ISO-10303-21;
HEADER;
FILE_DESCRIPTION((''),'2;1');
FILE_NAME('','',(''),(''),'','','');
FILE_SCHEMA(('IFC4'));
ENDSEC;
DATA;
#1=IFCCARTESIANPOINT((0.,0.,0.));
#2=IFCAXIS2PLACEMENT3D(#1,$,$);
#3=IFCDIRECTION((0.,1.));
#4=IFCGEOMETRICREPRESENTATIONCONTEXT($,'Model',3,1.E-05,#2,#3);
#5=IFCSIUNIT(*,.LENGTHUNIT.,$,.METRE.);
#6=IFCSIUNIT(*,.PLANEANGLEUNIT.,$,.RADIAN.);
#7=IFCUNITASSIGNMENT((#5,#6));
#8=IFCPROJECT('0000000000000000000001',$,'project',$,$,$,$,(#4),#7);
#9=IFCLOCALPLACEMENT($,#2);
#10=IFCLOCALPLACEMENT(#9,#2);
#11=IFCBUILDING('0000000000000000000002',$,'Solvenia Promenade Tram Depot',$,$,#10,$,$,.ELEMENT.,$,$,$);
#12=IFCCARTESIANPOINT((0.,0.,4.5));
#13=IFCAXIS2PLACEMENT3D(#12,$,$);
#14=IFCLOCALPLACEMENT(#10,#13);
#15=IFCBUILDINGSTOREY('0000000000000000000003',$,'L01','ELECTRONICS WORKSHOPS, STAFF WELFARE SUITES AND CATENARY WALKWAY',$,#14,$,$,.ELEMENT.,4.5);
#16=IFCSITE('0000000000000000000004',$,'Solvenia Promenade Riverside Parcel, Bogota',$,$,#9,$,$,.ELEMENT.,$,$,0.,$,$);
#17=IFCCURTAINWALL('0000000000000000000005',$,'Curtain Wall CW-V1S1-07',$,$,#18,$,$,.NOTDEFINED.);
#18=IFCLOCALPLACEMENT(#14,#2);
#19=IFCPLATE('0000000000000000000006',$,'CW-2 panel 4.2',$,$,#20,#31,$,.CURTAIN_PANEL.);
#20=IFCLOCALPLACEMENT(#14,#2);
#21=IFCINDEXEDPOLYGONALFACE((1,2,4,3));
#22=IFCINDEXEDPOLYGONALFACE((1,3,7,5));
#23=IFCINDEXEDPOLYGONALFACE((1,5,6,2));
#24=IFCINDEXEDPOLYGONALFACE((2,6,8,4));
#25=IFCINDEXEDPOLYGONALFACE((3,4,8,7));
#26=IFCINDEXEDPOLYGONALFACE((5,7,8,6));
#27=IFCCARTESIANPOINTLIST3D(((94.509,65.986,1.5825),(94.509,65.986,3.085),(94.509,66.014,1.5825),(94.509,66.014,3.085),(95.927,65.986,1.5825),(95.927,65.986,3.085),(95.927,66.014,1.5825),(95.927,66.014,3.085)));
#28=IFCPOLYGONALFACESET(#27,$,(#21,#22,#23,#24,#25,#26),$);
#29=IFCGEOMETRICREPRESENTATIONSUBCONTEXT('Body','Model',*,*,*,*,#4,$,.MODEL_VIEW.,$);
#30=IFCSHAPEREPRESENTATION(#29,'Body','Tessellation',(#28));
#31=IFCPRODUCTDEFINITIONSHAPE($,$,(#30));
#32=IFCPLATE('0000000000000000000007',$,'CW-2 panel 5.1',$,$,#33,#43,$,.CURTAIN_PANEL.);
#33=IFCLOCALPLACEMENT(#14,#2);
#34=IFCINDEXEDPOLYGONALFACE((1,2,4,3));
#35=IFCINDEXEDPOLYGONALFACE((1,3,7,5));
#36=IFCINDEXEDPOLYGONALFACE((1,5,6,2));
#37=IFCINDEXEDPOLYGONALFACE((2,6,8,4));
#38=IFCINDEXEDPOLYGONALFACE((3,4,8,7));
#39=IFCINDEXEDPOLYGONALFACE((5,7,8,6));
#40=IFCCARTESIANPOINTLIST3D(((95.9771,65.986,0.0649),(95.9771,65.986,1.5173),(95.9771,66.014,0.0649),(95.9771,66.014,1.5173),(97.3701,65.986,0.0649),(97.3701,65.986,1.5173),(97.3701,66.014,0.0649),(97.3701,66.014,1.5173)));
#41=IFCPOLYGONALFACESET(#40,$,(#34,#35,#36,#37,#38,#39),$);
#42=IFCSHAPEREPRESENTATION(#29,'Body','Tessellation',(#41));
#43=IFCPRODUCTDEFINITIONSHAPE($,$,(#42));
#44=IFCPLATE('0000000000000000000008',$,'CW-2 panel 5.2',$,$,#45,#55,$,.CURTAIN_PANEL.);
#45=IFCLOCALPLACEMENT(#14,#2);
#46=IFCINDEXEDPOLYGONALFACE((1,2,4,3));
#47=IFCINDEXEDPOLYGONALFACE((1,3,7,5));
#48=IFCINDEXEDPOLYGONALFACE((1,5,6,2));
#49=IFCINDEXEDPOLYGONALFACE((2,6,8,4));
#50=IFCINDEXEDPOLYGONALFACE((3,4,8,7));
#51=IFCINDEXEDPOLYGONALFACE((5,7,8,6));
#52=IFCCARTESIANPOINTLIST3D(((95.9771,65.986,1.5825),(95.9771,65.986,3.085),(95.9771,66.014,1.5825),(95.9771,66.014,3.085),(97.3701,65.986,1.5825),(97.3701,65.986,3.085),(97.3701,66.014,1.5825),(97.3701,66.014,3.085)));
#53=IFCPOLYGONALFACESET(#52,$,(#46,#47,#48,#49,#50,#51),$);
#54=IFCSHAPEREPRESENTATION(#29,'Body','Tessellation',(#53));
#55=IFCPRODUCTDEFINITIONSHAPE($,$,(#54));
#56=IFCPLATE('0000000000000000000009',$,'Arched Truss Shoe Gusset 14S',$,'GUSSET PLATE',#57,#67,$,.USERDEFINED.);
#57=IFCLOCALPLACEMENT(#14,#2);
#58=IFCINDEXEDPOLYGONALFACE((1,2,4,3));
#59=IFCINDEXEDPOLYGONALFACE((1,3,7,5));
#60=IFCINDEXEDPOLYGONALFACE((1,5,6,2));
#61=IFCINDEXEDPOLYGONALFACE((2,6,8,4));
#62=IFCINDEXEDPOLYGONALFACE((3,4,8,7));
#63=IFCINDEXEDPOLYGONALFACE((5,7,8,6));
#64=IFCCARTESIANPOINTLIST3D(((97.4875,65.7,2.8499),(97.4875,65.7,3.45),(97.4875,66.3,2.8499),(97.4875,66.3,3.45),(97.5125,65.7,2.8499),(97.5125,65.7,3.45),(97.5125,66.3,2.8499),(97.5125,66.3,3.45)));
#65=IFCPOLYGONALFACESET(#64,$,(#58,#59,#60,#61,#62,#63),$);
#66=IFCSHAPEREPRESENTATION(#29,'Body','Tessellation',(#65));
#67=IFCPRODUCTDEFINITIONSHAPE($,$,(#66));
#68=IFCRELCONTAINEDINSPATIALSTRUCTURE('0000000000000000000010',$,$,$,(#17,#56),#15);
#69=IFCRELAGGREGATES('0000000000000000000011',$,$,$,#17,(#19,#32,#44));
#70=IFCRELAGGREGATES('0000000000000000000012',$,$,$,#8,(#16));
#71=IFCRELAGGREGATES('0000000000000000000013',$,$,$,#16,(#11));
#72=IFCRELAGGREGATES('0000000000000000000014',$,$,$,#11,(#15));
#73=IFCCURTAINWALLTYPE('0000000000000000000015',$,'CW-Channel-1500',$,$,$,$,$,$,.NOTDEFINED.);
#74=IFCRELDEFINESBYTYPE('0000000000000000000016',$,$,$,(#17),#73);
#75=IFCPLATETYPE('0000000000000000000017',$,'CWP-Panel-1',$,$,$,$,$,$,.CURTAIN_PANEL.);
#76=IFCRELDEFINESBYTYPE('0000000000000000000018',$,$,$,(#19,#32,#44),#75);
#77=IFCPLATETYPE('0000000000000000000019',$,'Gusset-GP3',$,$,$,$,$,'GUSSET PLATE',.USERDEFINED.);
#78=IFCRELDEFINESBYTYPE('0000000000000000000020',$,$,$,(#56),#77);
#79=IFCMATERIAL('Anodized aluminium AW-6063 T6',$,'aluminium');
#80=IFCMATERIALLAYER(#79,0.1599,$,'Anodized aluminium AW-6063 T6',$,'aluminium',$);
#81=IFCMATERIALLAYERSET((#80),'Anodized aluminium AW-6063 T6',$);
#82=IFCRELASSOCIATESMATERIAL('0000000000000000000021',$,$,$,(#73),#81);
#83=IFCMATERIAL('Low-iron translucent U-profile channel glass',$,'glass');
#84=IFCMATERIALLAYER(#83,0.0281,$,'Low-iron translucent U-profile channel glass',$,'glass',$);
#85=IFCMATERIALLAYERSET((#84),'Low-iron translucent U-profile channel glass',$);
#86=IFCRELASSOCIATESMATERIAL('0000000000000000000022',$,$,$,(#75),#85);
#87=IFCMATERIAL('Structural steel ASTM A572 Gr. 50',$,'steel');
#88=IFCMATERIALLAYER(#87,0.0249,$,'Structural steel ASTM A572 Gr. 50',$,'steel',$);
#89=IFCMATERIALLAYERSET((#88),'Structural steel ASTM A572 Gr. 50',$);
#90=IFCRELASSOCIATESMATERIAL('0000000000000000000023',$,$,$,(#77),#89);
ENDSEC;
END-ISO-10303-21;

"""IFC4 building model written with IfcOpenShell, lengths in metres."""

from ifc_helpers import new_model, si_unit, direction, frame, origin, origin_2d, place, context, subcontext, project, spatial, rectangle, extrude, material, layer, layer_set, type_object, element, aggregate, save


model = new_model("IFC4")

# Units and contexts
model_context = context("Model", 3, precision=1e-05, world=origin(), true_north=direction((0.0, 1.0)))
body_context = subcontext(model_context, "Body", "Model", "MODEL_VIEW")
ifc_project = project(units=[si_unit("LENGTHUNIT", "METRE"), si_unit("PLANEANGLEUNIT", "RADIAN")], contexts=[model_context])

# Site, building, storey
site_placement = place(None, origin())
site = spatial("IfcSite", under=ifc_project, at=site_placement, Name="Solvenia Promenade Riverside Parcel, Bogota", CompositionType="ELEMENT", RefElevation=0.0)
building_placement = place(site_placement, origin())
building = spatial("IfcBuilding", under=site, at=building_placement, Name="Solvenia Promenade Tram Depot", CompositionType="ELEMENT")
storey_placement = place(building_placement, frame((0.0, 0.0, 4.5)))
storey = spatial("IfcBuildingStorey", under=building, at=storey_placement, Name="L01", Description="ELECTRONICS WORKSHOPS, STAFF WELFARE SUITES AND CATENARY WALKWAY", CompositionType="ELEMENT", Elevation=4.5)

# Curtain wall
ifc_material_1 = material(Name="Anodized aluminium AW-6063 T6", Category="aluminium")
ifc_layer_1 = layer(ifc_material_1, 0.1599, Name="Anodized aluminium AW-6063 T6", Category="aluminium")
ifc_layer_set_1 = layer_set([ifc_layer_1], Name="Anodized aluminium AW-6063 T6")
curtain_wall_type = type_object("IfcCurtainWallType", Name="CW-Channel-1500", PredefinedType="NOTDEFINED", material=ifc_layer_set_1)
curtain_wall_1_placement = place(storey_placement, origin())
curtain_wall_1 = element("IfcCurtainWall", 1, at=curtain_wall_1_placement, inside=storey, type_object=curtain_wall_type, Name="Curtain Wall CW-V1S1-07", PredefinedType="NOTDEFINED")

# Plates
ifc_material_2 = material(Name="Low-iron translucent U-profile channel glass", Category="glass")
ifc_layer_2 = layer(ifc_material_2, 0.0281, Name="Low-iron translucent U-profile channel glass", Category="glass")
ifc_layer_set_2 = layer_set([ifc_layer_2], Name="Low-iron translucent U-profile channel glass")
plate_type_1 = type_object("IfcPlateType", Name="CWP-Panel-1", PredefinedType="CURTAIN_PANEL", material=ifc_layer_set_2)
plate_1_placement = place(storey_placement, frame((95.218, 66.0, 1.5825), z_axis=(0.0, 0.0, 1.0), x_axis=(1.0, 0.0, 0.0)))
plate_1 = element("IfcPlate", 2, at=plate_1_placement, type_object=plate_type_1, Name="CW-2 panel 4.2", PredefinedType="CURTAIN_PANEL", context=body_context, shape_type="SweptSolid", body=[
    extrude(rectangle(XDim=1.418, YDim=0.0281, at=origin_2d()), origin(), (0.0, 0.0, 1.0), 1.5024),
])
plate_2_placement = place(storey_placement, frame((96.6736, 66.0, 0.0649), z_axis=(0.0, 0.0, 1.0), x_axis=(1.0, 0.0, 0.0)))
plate_2 = element("IfcPlate", 3, at=plate_2_placement, type_object=plate_type_1, Name="CW-2 panel 5.1", PredefinedType="CURTAIN_PANEL", context=body_context, shape_type="SweptSolid", body=[
    extrude(rectangle(XDim=1.3931, YDim=0.0281, at=origin_2d()), origin(), (0.0, 0.0, 1.0), 1.4524),
])
plate_3_placement = place(storey_placement, frame((96.6736, 66.0, 1.5825), z_axis=(0.0, 0.0, 1.0), x_axis=(1.0, 0.0, 0.0)))
plate_3 = element("IfcPlate", 4, at=plate_3_placement, type_object=plate_type_1, Name="CW-2 panel 5.2", PredefinedType="CURTAIN_PANEL", context=body_context, shape_type="SweptSolid", body=[
    extrude(rectangle(XDim=1.3931, YDim=0.0281, at=origin_2d()), origin(), (0.0, 0.0, 1.0), 1.5024),
])
aggregate(curtain_wall_1, [plate_1, plate_2, plate_3])
ifc_material_3 = material(Name="Structural steel ASTM A572 Gr. 50", Category="steel")
ifc_layer_3 = layer(ifc_material_3, 0.0249, Name="Structural steel ASTM A572 Gr. 50", Category="steel")
ifc_layer_set_3 = layer_set([ifc_layer_3], Name="Structural steel ASTM A572 Gr. 50")
plate_type_2 = type_object("IfcPlateType", Name="Gusset-GP3", ElementType="GUSSET PLATE", PredefinedType="USERDEFINED", material=ifc_layer_set_3)
plate_4_placement = place(storey_placement, frame((97.5, 66.0, 2.8499), z_axis=(0.0, 0.0, 1.0), x_axis=(1.0, 0.0, 0.0)))
element("IfcPlate", 5, at=plate_4_placement, inside=storey, type_object=plate_type_2, Name="Arched Truss Shoe Gusset 14S", ObjectType="GUSSET PLATE", PredefinedType="USERDEFINED", context=body_context, shape_type="SweptSolid", body=[
    extrude(rectangle(XDim=0.0249, YDim=0.6001, at=origin_2d()), origin(), (0.0, 0.0, 1.0), 0.6001),
])

save(model, "model.ifc")
